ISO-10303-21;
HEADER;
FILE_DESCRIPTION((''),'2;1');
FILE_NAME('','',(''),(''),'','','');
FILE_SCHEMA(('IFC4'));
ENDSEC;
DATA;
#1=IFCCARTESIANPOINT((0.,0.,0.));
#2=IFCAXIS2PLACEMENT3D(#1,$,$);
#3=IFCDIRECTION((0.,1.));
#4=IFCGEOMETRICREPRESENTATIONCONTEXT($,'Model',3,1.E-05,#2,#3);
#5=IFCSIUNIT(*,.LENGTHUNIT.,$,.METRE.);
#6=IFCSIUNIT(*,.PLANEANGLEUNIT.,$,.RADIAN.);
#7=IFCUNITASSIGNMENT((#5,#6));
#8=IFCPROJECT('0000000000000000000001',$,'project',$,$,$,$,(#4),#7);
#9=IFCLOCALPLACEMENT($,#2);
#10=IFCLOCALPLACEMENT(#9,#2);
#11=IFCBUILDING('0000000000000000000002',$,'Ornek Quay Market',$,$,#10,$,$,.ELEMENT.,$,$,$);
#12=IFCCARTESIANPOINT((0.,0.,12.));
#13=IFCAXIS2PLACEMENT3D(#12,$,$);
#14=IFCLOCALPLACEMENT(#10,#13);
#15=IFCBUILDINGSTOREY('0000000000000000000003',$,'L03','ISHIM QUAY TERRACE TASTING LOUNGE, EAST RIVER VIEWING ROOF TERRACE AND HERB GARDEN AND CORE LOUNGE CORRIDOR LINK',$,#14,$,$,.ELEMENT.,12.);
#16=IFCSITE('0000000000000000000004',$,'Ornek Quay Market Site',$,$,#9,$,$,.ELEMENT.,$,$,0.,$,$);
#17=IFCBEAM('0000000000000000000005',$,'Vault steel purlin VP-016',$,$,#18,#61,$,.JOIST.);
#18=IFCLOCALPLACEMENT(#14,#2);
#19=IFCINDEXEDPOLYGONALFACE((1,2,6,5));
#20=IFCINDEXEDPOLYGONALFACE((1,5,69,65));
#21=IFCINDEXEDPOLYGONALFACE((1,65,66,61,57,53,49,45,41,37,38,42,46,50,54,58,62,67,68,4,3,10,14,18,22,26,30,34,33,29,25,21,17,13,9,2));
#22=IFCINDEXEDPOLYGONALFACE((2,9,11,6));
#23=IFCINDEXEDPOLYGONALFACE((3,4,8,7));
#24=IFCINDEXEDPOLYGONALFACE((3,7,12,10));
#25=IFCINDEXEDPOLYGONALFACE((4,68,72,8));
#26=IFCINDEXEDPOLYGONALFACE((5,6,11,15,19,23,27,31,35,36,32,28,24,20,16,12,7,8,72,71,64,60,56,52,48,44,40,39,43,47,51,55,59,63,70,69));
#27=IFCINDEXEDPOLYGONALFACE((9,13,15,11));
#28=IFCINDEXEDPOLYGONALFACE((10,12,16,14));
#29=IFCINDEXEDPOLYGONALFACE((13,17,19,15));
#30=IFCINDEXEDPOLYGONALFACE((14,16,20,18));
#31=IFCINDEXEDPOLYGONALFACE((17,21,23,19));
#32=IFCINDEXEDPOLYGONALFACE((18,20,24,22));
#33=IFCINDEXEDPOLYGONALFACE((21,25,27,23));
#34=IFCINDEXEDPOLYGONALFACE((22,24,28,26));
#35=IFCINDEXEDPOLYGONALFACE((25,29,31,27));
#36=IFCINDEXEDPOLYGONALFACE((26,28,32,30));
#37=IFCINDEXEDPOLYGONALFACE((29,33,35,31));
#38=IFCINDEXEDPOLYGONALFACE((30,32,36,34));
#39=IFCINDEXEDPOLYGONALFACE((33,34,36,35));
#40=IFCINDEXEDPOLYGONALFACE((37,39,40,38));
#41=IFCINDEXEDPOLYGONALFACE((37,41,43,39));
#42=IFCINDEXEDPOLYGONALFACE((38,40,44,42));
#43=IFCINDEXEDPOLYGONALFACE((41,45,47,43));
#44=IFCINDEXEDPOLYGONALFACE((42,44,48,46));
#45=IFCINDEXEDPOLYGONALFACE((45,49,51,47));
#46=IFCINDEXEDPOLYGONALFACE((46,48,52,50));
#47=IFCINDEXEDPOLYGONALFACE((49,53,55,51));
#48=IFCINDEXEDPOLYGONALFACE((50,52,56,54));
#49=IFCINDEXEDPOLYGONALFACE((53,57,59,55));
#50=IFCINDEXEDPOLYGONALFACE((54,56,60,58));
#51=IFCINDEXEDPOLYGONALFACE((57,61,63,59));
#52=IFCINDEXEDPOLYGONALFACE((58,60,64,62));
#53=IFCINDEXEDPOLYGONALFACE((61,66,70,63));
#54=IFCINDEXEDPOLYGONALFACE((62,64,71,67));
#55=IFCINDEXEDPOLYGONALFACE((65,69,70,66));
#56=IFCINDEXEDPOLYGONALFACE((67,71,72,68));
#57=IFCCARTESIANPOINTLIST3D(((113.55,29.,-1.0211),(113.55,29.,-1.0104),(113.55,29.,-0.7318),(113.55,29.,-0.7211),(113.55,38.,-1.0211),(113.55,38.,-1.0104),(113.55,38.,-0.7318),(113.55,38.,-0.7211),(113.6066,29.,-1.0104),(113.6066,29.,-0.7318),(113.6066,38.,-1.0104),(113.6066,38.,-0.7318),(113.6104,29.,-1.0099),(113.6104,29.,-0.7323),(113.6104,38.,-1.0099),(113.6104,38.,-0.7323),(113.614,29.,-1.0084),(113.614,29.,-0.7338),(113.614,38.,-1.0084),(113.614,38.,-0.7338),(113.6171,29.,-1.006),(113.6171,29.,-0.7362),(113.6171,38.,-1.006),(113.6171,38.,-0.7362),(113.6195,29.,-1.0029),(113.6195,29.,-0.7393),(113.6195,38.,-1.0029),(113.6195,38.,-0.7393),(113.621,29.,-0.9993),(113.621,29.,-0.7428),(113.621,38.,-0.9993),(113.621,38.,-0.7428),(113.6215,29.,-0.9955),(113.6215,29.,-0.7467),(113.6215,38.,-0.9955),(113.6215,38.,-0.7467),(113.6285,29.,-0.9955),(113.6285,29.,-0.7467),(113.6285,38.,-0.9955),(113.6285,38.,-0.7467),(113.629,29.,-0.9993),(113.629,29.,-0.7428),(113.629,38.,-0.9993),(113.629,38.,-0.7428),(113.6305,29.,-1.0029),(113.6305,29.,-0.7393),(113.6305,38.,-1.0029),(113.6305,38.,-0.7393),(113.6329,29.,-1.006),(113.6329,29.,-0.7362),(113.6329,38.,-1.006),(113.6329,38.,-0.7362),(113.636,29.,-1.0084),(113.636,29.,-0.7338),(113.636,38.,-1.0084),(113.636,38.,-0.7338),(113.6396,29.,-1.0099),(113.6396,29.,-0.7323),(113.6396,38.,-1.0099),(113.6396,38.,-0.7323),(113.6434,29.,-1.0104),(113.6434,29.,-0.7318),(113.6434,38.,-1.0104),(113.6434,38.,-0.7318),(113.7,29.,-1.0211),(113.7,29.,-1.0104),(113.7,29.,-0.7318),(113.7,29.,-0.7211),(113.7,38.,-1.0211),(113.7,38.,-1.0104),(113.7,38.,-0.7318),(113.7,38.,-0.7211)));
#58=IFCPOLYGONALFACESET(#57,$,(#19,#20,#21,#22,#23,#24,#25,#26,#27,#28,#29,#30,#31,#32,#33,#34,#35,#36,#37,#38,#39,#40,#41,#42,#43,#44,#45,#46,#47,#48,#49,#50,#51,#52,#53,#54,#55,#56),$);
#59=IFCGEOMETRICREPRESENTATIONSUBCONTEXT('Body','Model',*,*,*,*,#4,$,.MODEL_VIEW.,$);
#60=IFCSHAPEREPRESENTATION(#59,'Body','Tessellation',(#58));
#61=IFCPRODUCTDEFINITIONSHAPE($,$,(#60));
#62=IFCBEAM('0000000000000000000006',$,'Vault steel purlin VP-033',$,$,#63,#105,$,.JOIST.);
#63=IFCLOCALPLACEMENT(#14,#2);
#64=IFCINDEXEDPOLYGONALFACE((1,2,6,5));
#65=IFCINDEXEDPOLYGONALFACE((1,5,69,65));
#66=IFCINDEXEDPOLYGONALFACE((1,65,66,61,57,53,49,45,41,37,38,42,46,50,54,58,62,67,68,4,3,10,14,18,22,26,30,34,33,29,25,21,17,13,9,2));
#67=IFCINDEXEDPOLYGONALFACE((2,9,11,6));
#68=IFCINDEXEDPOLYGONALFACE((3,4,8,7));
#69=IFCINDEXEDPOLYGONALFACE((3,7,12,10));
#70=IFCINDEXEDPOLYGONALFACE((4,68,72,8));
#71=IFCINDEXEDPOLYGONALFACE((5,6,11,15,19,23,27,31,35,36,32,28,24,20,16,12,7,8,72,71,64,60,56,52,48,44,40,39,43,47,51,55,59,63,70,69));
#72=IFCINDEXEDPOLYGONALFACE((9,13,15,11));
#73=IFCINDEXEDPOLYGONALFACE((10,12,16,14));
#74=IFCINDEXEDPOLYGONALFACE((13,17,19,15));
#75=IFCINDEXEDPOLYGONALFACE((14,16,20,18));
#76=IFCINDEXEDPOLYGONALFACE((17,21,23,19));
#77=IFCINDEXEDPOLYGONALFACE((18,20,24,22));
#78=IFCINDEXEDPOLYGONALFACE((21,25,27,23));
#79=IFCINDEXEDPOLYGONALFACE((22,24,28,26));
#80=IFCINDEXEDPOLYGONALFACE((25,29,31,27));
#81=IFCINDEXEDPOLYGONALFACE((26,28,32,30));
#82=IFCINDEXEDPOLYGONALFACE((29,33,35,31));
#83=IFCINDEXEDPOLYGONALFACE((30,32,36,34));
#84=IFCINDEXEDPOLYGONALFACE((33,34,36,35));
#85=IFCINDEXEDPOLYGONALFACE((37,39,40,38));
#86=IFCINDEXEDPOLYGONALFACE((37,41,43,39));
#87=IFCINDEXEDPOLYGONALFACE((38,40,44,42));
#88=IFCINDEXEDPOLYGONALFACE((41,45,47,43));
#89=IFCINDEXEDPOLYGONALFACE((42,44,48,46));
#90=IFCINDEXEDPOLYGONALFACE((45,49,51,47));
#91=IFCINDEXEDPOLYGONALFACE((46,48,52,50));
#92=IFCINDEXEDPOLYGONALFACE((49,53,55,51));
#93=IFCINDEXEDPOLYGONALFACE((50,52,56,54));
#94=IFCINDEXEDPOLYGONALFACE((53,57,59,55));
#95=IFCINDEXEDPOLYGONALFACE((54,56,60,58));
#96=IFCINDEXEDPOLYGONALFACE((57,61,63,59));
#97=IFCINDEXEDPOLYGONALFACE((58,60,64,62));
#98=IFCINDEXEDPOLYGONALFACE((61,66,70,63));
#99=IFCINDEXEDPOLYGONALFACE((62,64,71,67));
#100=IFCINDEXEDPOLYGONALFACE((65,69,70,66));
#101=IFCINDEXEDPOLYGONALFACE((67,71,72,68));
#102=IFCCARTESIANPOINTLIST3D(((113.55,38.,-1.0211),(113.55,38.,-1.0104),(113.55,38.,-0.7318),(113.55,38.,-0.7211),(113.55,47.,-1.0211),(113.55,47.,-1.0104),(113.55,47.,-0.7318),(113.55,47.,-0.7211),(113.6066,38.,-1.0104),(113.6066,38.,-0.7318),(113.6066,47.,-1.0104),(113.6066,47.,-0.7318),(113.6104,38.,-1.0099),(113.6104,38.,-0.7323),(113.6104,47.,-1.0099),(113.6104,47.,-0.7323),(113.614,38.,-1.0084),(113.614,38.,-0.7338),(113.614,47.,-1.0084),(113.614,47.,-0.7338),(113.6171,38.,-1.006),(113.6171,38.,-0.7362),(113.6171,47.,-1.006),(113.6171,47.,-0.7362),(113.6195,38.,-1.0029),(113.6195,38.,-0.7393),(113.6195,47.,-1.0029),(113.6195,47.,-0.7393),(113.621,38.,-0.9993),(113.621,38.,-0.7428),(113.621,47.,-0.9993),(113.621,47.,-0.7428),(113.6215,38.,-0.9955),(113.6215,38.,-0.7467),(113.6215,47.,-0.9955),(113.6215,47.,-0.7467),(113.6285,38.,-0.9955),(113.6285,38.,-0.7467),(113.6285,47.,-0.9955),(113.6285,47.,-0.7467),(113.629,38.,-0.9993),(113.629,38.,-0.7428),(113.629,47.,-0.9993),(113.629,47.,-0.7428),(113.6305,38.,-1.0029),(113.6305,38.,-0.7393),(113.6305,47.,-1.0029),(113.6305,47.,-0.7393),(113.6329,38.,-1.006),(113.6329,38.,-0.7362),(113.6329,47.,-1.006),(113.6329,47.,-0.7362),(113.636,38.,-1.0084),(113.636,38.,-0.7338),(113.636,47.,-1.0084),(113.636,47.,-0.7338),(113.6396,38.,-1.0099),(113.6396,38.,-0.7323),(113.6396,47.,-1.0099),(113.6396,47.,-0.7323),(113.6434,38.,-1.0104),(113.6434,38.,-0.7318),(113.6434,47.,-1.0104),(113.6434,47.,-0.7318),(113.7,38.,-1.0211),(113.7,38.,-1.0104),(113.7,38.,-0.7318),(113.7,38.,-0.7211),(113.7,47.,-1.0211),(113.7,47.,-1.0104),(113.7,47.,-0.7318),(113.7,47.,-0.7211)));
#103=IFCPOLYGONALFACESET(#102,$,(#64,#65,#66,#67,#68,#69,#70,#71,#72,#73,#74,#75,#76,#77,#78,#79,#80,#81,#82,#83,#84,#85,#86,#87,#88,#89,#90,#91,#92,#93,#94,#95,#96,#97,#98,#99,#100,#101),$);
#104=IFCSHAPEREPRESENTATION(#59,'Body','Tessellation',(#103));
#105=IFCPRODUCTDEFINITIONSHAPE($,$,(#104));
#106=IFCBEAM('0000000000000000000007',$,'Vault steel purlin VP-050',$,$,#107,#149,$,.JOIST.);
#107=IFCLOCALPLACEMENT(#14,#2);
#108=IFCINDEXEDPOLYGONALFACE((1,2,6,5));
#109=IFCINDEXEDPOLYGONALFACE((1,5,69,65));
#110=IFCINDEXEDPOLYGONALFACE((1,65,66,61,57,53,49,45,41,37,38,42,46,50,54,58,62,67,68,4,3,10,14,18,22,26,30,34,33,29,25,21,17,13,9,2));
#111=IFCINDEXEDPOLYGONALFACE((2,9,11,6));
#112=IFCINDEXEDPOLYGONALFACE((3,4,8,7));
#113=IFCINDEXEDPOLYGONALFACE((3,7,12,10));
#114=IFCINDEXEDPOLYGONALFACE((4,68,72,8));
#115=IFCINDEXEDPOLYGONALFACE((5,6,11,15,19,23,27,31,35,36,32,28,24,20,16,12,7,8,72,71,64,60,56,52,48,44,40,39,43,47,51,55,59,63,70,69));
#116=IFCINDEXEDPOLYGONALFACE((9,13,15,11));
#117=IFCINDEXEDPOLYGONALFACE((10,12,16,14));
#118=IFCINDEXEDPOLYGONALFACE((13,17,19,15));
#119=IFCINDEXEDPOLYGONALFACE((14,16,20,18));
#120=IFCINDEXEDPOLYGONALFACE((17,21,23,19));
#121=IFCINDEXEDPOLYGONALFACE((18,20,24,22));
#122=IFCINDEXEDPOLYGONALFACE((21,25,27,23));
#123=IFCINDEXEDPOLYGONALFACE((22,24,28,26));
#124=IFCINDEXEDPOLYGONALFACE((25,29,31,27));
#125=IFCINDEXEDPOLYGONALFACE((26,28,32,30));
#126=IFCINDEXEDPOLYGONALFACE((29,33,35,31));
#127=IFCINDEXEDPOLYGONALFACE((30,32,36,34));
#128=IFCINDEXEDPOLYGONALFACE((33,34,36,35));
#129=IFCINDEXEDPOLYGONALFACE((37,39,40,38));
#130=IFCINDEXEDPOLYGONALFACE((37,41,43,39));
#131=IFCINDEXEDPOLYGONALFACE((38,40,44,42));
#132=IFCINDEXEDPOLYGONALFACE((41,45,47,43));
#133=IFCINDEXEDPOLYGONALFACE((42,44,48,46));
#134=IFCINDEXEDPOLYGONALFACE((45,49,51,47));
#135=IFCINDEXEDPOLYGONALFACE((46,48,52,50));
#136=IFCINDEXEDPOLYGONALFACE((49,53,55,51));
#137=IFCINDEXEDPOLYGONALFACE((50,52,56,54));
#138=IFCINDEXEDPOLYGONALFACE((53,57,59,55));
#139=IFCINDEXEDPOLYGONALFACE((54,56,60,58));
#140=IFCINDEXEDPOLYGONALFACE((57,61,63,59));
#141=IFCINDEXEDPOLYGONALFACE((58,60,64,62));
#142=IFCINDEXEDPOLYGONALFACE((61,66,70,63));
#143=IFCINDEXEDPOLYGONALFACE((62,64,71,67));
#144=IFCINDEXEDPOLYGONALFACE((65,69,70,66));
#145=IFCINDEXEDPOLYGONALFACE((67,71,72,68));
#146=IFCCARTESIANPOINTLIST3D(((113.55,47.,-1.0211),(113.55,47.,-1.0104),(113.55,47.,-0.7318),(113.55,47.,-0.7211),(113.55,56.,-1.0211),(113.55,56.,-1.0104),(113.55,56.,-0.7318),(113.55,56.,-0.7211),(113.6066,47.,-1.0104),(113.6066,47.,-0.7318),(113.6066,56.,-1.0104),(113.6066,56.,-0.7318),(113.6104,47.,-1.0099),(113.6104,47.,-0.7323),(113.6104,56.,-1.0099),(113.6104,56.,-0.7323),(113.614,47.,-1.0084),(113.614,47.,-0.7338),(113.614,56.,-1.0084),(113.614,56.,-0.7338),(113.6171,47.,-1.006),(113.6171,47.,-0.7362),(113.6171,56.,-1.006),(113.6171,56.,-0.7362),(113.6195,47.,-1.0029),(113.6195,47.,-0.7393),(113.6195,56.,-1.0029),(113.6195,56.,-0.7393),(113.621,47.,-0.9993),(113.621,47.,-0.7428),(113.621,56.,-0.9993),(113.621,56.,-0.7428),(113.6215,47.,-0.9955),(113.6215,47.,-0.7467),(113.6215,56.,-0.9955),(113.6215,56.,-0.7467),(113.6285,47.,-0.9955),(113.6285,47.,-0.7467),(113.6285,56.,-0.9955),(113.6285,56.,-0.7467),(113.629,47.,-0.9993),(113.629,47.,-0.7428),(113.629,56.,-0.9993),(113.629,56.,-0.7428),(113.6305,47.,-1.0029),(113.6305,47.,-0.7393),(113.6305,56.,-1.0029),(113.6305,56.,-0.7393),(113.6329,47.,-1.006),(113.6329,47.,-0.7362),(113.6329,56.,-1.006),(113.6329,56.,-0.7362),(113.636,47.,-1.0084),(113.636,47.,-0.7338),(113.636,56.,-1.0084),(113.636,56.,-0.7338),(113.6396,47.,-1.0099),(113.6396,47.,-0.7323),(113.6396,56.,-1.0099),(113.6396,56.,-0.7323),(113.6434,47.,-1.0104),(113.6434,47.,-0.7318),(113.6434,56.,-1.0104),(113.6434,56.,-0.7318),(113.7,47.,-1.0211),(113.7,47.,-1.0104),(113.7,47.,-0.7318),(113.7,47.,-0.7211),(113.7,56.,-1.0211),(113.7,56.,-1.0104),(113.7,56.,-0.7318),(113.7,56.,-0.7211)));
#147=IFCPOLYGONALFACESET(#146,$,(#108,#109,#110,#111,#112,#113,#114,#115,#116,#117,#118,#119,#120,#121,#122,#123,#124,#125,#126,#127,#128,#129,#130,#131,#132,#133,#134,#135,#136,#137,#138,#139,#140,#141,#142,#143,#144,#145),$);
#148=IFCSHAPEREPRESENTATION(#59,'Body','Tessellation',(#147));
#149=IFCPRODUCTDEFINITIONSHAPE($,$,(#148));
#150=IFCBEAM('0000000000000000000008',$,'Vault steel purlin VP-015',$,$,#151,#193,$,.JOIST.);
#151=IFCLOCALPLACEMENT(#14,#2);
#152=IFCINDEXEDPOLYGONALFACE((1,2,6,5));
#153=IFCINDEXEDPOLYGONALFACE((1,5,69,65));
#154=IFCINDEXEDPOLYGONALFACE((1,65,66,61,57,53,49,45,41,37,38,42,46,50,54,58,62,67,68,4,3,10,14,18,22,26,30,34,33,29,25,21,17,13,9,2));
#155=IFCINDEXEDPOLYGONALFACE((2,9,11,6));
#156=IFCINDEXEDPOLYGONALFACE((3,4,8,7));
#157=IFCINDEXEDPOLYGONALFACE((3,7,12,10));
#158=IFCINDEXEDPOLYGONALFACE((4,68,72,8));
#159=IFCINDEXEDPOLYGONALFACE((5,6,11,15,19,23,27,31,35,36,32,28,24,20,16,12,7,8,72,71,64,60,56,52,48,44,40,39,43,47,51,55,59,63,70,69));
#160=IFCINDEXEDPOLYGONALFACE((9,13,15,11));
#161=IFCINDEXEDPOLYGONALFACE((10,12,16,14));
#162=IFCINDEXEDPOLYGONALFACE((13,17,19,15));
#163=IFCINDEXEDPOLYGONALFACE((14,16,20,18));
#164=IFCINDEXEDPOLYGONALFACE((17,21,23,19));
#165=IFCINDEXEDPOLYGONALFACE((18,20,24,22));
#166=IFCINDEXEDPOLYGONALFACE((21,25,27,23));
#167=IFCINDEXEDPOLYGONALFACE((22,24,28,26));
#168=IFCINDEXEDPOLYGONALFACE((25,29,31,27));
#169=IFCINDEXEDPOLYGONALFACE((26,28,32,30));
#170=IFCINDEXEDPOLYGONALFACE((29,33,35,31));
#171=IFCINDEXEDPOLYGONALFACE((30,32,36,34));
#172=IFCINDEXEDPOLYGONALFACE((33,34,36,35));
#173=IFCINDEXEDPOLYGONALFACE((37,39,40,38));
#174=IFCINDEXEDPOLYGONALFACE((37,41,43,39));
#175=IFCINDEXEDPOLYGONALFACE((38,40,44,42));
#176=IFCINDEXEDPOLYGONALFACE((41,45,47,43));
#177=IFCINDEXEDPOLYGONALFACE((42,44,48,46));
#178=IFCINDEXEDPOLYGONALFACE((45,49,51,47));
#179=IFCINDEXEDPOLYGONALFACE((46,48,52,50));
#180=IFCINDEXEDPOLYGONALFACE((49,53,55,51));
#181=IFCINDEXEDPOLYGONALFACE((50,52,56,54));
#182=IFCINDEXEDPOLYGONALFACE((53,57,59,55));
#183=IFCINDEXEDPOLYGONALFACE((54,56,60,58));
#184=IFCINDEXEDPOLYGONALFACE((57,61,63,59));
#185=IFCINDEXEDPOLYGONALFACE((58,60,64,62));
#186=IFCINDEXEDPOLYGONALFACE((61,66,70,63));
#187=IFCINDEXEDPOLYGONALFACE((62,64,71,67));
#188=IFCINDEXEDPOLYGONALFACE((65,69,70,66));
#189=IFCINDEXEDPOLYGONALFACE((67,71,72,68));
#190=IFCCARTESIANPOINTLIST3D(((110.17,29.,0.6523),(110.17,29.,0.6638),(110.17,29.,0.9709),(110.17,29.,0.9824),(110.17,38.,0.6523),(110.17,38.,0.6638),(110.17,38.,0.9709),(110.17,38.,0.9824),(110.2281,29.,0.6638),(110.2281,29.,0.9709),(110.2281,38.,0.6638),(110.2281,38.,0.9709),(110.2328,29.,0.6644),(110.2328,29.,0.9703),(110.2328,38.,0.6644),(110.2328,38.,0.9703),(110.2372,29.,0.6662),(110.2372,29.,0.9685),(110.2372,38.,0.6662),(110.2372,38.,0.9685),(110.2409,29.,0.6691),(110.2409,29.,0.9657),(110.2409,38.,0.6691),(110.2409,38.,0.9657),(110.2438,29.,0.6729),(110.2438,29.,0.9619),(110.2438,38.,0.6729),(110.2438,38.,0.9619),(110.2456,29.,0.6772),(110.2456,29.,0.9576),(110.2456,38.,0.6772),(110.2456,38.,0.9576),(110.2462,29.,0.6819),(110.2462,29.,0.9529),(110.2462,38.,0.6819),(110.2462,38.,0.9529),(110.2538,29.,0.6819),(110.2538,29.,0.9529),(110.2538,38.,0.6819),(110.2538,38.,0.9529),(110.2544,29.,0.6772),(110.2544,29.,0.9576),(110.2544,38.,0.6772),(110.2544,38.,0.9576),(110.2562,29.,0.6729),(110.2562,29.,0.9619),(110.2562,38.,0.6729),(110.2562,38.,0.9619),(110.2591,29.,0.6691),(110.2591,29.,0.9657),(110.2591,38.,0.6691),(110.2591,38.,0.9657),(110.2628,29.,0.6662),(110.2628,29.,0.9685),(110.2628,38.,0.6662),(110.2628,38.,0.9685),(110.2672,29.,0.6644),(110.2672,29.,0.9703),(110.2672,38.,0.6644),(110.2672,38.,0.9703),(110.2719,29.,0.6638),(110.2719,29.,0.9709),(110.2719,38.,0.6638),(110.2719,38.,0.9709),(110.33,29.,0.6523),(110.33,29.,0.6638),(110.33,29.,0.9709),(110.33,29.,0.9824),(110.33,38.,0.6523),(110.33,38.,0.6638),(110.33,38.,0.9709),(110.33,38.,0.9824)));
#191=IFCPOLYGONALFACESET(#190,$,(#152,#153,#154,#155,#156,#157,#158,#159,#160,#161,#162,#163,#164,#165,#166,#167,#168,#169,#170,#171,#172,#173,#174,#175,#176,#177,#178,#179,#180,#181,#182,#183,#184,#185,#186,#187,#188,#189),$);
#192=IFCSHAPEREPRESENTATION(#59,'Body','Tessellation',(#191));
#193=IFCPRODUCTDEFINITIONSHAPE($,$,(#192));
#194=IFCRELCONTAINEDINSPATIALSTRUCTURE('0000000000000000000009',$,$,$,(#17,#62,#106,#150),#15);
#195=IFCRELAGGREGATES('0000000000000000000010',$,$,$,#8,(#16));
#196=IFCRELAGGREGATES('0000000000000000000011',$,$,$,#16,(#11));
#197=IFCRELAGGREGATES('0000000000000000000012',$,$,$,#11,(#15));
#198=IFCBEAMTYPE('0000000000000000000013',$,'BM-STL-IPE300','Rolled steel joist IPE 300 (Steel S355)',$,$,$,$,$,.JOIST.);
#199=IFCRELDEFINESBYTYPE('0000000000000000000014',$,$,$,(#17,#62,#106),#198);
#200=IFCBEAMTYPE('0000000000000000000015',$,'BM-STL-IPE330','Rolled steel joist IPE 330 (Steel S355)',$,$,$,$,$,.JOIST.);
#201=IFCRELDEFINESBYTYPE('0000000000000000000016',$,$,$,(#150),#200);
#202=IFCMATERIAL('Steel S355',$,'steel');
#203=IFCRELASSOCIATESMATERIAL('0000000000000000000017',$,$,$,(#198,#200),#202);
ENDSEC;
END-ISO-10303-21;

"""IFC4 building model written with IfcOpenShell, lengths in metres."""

from ifc_helpers import new_model, si_unit, direction, frame, origin, origin_2d, place, context, subcontext, project, spatial, i_section, extrude, material, material_profile, profile_set, type_object, element, save


model = new_model("IFC4")

# Units and contexts
model_context = context("Model", 3, precision=1e-05, world=origin(), true_north=direction((0.0, 1.0)))
body_context = subcontext(model_context, "Body", "Model", "MODEL_VIEW")
ifc_project = project(units=[si_unit("LENGTHUNIT", "METRE"), si_unit("PLANEANGLEUNIT", "RADIAN")], contexts=[model_context])

# Site, building, storey
site_placement = place(None, origin())
site = spatial("IfcSite", under=ifc_project, at=site_placement, Name="Ornek Quay Market Site", CompositionType="ELEMENT", RefElevation=0.0)
building_placement = place(site_placement, origin())
building = spatial("IfcBuilding", under=site, at=building_placement, Name="Ornek Quay Market", CompositionType="ELEMENT")
storey_placement = place(building_placement, frame((0.0, 0.0, 12.0)))
storey = spatial("IfcBuildingStorey", under=building, at=storey_placement, Name="L03", Description="ISHIM QUAY TERRACE TASTING LOUNGE, EAST RIVER VIEWING ROOF TERRACE AND HERB GARDEN AND CORE LOUNGE CORRIDOR LINK", CompositionType="ELEMENT", Elevation=12.0)

# Beams
ifc_material_1 = material(Name="Steel S355", Category="steel")
ifc_material_profile_1 = material_profile(ifc_material_1, i_section(OverallWidth=0.1499, OverallDepth=0.3, WebThickness=0.0071, FlangeThickness=0.0107, FilletRadius=0.0149, at=origin_2d()), Name="IPE 300", Category="steel")
ifc_profile_set_1 = profile_set([ifc_material_profile_1], Name="Steel S355")
beam_type_1 = type_object("IfcBeamType", Name="BM-STL-IPE300", Description="Rolled steel joist IPE 300 (Steel S355)", PredefinedType="JOIST", material=ifc_profile_set_1)
for number, where, z_axis, x_axis, name in (
    (1, (113.625, 29.0, -0.8711), (0.0, 1.0, 0.0), (-1.0, 0.0, 0.0), "Vault steel purlin VP-016"),
    (2, (113.625, 38.0, -0.8711), (0.0, 1.0, 0.0), (-1.0, 0.0, 0.0), "Vault steel purlin VP-033"),
    (3, (113.625, 47.0, -0.8711), (0.0, 1.0, 0.0), (-1.0, 0.0, 0.0), "Vault steel purlin VP-050"),
):
    element("IfcBeam", number, at=place(storey_placement, frame(where, z_axis=z_axis, x_axis=x_axis)), inside=storey, type_object=beam_type_1, Name=name, PredefinedType="JOIST", context=body_context, shape_type="SweptSolid", body=[
        extrude(i_section(OverallWidth=0.1499, OverallDepth=0.3, WebThickness=0.0071, FlangeThickness=0.0107, FilletRadius=0.0149, at=origin_2d()), origin(), (0.0, 0.0, 1.0), 9.0),
    ])
ifc_material_profile_2 = material_profile(ifc_material_1, i_section(OverallWidth=0.1599, OverallDepth=0.3301, WebThickness=0.0076, FlangeThickness=0.0115, FilletRadius=0.0181, at=origin_2d()), Name="IPE 330", Category="steel")
ifc_profile_set_2 = profile_set([ifc_material_profile_2], Name="Steel S355")
beam_type_2 = type_object("IfcBeamType", Name="BM-STL-IPE330", Description="Rolled steel joist IPE 330 (Steel S355)", PredefinedType="JOIST", material=ifc_profile_set_2)
for number, where, z_axis, x_axis, name in (
    (4, (110.25, 29.0, 0.8174), (0.0, 1.0, 0.0), (-1.0, 0.0, 0.0), "Vault steel purlin VP-015"),
):
    element("IfcBeam", number, at=place(storey_placement, frame(where, z_axis=z_axis, x_axis=x_axis)), inside=storey, type_object=beam_type_2, Name=name, PredefinedType="JOIST", context=body_context, shape_type="SweptSolid", body=[
        extrude(i_section(OverallWidth=0.1599, OverallDepth=0.3301, WebThickness=0.0076, FlangeThickness=0.0115, FilletRadius=0.0181, at=origin_2d()), origin(), (0.0, 0.0, 1.0), 9.0),
    ])

save(model, "model.ifc")
